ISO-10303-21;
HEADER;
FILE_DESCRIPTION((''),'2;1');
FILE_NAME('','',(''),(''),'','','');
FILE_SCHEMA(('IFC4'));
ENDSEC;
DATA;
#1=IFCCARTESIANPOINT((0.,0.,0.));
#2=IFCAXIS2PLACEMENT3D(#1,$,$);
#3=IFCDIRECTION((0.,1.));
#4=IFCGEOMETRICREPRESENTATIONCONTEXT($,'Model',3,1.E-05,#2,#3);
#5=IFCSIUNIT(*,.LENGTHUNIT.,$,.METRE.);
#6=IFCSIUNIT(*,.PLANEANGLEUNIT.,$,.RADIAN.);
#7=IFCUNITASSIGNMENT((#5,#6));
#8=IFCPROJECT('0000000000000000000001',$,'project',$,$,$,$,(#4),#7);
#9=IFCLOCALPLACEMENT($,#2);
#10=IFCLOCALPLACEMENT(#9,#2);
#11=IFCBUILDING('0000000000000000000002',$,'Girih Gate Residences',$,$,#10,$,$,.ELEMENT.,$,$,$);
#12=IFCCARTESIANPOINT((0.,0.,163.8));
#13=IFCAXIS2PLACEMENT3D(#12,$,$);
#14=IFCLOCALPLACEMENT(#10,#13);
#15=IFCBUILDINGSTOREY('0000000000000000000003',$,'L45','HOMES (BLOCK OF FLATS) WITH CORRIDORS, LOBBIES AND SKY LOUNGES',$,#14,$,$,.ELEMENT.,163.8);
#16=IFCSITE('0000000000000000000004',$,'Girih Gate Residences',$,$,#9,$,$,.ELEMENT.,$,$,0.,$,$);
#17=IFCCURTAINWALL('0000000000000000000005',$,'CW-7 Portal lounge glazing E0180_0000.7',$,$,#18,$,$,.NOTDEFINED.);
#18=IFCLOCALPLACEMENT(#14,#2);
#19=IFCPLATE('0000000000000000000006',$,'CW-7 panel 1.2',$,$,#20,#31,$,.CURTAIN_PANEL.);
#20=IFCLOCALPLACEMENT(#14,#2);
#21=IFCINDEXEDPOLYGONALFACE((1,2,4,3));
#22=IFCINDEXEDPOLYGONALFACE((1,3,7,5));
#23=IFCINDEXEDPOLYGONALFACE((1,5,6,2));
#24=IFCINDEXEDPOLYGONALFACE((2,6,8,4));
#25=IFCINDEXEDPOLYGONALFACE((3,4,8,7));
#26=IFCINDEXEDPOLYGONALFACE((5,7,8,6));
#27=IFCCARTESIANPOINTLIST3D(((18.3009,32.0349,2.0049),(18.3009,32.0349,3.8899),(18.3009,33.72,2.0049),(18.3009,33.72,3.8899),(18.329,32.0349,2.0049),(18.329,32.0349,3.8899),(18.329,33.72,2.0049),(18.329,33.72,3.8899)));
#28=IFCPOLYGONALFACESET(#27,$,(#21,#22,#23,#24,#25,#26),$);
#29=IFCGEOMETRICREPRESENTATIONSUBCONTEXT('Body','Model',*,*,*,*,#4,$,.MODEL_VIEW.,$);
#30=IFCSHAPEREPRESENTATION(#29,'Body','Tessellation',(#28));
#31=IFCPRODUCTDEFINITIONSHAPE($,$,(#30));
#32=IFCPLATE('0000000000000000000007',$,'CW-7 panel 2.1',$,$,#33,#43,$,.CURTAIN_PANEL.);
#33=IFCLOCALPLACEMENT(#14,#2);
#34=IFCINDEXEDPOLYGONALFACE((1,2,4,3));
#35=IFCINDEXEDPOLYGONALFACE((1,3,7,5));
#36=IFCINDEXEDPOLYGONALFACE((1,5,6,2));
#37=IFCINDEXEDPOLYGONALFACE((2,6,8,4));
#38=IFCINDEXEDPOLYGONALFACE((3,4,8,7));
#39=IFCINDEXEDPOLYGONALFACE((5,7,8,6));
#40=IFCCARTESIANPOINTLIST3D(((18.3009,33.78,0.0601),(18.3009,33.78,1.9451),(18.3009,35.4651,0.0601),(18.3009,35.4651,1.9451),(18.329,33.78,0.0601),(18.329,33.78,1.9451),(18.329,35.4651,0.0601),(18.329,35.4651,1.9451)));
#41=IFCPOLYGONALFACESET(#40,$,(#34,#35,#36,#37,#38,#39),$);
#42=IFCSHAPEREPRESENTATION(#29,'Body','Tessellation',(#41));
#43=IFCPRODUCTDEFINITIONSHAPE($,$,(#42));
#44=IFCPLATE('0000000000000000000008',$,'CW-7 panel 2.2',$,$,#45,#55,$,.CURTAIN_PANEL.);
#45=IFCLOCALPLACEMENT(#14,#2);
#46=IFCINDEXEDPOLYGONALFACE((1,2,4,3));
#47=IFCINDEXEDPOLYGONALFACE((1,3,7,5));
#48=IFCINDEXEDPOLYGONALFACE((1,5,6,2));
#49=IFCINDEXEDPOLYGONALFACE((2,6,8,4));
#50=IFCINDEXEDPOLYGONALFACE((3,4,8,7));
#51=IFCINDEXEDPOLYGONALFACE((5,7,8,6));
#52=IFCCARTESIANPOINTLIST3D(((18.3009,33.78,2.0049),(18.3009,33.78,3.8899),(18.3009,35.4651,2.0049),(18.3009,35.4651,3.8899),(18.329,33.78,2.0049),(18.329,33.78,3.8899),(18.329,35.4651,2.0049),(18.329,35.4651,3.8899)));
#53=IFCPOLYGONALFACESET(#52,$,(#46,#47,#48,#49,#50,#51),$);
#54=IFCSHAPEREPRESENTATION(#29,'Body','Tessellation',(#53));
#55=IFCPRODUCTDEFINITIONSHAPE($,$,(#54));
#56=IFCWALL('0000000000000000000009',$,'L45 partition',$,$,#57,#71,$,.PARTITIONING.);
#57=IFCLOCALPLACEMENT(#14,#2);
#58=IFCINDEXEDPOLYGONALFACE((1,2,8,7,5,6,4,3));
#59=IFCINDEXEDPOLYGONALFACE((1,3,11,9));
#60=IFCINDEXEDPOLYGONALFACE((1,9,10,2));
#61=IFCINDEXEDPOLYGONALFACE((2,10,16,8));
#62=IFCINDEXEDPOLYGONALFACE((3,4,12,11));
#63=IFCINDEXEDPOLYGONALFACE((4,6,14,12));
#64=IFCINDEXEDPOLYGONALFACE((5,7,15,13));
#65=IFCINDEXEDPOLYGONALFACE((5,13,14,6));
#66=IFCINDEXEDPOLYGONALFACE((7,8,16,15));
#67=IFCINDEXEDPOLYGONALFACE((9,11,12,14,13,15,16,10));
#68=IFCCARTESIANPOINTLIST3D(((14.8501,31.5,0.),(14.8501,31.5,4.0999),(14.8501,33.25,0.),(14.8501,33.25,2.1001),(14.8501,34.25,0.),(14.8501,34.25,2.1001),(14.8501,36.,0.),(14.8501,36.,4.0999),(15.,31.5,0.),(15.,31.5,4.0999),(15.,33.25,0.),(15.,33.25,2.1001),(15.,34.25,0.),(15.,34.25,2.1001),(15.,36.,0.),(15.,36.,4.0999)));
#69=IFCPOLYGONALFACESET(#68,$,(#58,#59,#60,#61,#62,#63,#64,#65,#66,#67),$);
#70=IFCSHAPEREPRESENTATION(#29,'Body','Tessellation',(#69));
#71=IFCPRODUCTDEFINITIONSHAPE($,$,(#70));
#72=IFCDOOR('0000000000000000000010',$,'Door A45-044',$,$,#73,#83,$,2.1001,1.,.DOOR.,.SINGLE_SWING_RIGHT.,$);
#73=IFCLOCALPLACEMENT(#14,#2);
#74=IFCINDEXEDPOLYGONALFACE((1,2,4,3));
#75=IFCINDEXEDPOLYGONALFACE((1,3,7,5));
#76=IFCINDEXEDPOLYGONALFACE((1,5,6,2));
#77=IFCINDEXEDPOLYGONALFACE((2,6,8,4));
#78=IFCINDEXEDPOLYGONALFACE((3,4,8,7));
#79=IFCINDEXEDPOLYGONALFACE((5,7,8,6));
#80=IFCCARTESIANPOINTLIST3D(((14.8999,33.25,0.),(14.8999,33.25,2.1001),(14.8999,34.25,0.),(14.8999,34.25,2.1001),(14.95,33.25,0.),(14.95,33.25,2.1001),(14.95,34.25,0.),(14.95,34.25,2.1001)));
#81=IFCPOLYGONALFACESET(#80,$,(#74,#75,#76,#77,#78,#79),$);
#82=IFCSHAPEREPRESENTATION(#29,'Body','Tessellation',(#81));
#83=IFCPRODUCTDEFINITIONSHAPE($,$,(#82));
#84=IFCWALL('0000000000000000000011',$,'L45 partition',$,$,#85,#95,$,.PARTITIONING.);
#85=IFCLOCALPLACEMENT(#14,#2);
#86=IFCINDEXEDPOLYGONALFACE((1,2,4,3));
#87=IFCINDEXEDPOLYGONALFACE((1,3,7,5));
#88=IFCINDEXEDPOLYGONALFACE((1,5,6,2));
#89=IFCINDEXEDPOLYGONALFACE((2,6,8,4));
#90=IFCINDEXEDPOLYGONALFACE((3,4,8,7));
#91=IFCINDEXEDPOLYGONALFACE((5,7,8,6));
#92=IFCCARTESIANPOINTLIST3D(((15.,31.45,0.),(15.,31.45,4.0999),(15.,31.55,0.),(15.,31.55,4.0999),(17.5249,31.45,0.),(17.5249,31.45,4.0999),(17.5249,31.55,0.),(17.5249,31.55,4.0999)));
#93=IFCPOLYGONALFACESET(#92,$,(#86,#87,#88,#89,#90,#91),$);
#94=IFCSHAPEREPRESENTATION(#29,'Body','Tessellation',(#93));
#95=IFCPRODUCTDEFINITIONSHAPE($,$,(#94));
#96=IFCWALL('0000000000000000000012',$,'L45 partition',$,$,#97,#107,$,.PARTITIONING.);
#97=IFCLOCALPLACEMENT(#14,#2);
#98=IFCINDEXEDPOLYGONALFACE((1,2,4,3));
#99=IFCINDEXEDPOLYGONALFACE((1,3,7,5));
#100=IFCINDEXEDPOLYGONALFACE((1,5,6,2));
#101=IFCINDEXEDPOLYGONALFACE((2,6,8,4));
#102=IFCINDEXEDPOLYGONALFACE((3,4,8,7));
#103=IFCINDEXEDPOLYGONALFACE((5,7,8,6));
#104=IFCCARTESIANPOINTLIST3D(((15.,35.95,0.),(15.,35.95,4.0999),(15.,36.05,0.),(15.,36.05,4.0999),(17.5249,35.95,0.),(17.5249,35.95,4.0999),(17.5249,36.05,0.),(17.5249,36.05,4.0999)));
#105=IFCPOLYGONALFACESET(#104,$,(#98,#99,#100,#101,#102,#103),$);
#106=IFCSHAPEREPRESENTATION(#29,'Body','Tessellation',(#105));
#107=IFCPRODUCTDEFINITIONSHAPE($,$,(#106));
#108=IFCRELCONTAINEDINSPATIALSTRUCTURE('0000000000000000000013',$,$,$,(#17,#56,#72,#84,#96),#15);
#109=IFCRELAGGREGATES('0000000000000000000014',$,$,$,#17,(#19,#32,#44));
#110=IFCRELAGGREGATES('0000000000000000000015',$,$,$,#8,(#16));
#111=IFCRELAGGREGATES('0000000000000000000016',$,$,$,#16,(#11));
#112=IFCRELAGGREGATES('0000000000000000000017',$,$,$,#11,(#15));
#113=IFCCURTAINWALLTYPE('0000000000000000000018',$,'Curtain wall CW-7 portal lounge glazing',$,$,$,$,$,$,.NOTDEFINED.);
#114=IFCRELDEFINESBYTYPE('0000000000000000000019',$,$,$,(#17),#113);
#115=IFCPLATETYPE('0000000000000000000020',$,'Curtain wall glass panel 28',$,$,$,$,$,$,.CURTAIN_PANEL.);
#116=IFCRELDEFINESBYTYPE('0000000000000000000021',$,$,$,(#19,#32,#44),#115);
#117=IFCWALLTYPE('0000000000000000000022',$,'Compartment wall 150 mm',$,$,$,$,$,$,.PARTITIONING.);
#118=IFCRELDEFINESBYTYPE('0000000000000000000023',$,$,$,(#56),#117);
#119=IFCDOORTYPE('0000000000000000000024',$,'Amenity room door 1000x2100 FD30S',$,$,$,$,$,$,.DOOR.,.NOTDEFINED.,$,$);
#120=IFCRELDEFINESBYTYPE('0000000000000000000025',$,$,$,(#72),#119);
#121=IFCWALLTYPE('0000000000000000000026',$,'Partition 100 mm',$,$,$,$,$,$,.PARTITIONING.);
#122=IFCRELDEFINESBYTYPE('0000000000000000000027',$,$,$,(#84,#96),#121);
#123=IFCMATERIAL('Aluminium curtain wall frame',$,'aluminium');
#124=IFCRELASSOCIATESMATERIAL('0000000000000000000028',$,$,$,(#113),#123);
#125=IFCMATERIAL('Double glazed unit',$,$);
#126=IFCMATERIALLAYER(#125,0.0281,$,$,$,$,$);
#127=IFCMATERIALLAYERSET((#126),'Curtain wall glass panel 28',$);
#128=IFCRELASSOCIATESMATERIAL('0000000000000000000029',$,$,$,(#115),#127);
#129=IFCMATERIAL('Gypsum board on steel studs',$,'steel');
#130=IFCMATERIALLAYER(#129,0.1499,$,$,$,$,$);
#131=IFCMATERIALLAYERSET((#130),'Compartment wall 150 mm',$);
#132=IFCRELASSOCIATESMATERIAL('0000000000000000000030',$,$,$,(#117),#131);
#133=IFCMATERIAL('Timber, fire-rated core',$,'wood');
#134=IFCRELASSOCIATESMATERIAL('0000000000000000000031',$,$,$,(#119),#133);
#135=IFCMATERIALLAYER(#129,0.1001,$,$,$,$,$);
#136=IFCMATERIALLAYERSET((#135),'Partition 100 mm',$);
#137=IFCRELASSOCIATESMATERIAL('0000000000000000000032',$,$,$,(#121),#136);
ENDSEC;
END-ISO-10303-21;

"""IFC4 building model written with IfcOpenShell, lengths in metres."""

from ifc_helpers import new_model, si_unit, direction, frame, frame_2d, origin, origin_2d, place, context, subcontext, project, spatial, rectangle, extrude, material, layer, layer_set, type_object, element, fill, aggregate, save


model = new_model("IFC4")

# Units and contexts
model_context = context("Model", 3, precision=1e-05, world=origin(), true_north=direction((0.0, 1.0)))
body_context = subcontext(model_context, "Body", "Model", "MODEL_VIEW")
ifc_project = project(units=[si_unit("LENGTHUNIT", "METRE"), si_unit("PLANEANGLEUNIT", "RADIAN")], contexts=[model_context])

# Site, building, storey
site_placement = place(None, origin())
site = spatial("IfcSite", under=ifc_project, at=site_placement, Name="Girih Gate Residences", CompositionType="ELEMENT", RefElevation=0.0)
building_placement = place(site_placement, origin())
building = spatial("IfcBuilding", under=site, at=building_placement, Name="Girih Gate Residences", CompositionType="ELEMENT")
storey_placement = place(building_placement, frame((0.0, 0.0, 163.8)))
storey = spatial("IfcBuildingStorey", under=building, at=storey_placement, Name="L45", Description="HOMES (BLOCK OF FLATS) WITH CORRIDORS, LOBBIES AND SKY LOUNGES", CompositionType="ELEMENT", Elevation=163.8)

# Shared definitions
ifc_material_1 = material(Name="Aluminium curtain wall frame", Category="aluminium")
curtain_wall_type = type_object("IfcCurtainWallType", Name="Curtain wall CW-7 portal lounge glazing", PredefinedType="NOTDEFINED", material=ifc_material_1)

# Curtain wall
curtain_wall_1_placement = place(storey_placement, origin())
curtain_wall_1 = element("IfcCurtainWall", 1, at=curtain_wall_1_placement, inside=storey, type_object=curtain_wall_type, Name="CW-7 Portal lounge glazing E0180_0000.7", PredefinedType="NOTDEFINED")

# Plates
ifc_material_2 = material(Name="Double glazed unit")
ifc_layer_1 = layer(ifc_material_2, 0.0281)
ifc_layer_set_1 = layer_set([ifc_layer_1], Name="Curtain wall glass panel 28")
plate_type = type_object("IfcPlateType", Name="Curtain wall glass panel 28", PredefinedType="CURTAIN_PANEL", material=ifc_layer_set_1)
plate_1_placement = place(storey_placement, frame((18.3149, 32.8774, 2.0049), z_axis=(0.0, 0.0, 1.0), x_axis=(0.0, 1.0, 0.0)))
plate_1 = element("IfcPlate", 2, at=plate_1_placement, type_object=plate_type, Name="CW-7 panel 1.2", PredefinedType="CURTAIN_PANEL", context=body_context, shape_type="SweptSolid", body=[
    extrude(rectangle(XDim=1.6851, YDim=0.0281, at=origin_2d()), origin(), (0.0, 0.0, 1.0), 1.885),
])
plate_2_placement = place(storey_placement, frame((18.3149, 34.6226, 0.0601), z_axis=(0.0, 0.0, 1.0), x_axis=(0.0, 1.0, 0.0)))
plate_2 = element("IfcPlate", 3, at=plate_2_placement, type_object=plate_type, Name="CW-7 panel 2.1", PredefinedType="CURTAIN_PANEL", context=body_context, shape_type="SweptSolid", body=[
    extrude(rectangle(XDim=1.6851, YDim=0.0281, at=origin_2d()), origin(), (0.0, 0.0, 1.0), 1.885),
])
plate_3_placement = place(storey_placement, frame((18.3149, 34.6226, 2.0049), z_axis=(0.0, 0.0, 1.0), x_axis=(0.0, 1.0, 0.0)))
plate_3 = element("IfcPlate", 4, at=plate_3_placement, type_object=plate_type, Name="CW-7 panel 2.2", PredefinedType="CURTAIN_PANEL", context=body_context, shape_type="SweptSolid", body=[
    extrude(rectangle(XDim=1.6851, YDim=0.0281, at=origin_2d()), origin(), (0.0, 0.0, 1.0), 1.885),
])
aggregate(curtain_wall_1, [plate_1, plate_2, plate_3])

# Wall, opening, door
ifc_material_3 = material(Name="Gypsum board on steel studs", Category="steel")
ifc_layer_2 = layer(ifc_material_3, 0.1499)
ifc_layer_set_2 = layer_set([ifc_layer_2], Name="Compartment wall 150 mm")
wall_type_1 = type_object("IfcWallType", Name="Compartment wall 150 mm", PredefinedType="PARTITIONING", material=ifc_layer_set_2)
wall_placement = place(storey_placement, frame((14.925, 36.0, 0.0), z_axis=(0.0, 0.0, 1.0), x_axis=(0.0, -1.0, 0.0)))
wall = element("IfcWall", 5, at=wall_placement, inside=storey, type_object=wall_type_1, Name="L45 partition", PredefinedType="PARTITIONING", context=body_context, shape_type="SweptSolid", body=[
    extrude(rectangle(XDim=4.5, YDim=0.1499, at=frame_2d((2.25, 0.0))), origin(), (0.0, 0.0, 1.0), 4.0999),
])
opening_placement = place(wall_placement, frame((1.75, 0.0, 0.0)))
opening = element("IfcOpeningElement", 6, at=opening_placement, cuts=wall, PredefinedType="OPENING", context=body_context, shape_type="SweptSolid", body=[
    extrude(rectangle(XDim=1.0, YDim=2.1001, at=frame_2d((0.5, 1.05))), frame((0.0, 0.085, 0.0), z_axis=(0.0, -1.0, 0.0), x_axis=(1.0, 0.0, 0.0)), (0.0, 0.0, 1.0), 0.1699),
])
ifc_material_4 = material(Name="Timber, fire-rated core", Category="wood")
door_type = type_object("IfcDoorType", Name="Amenity room door 1000x2100 FD30S", OperationType="NOTDEFINED", PredefinedType="DOOR", material=ifc_material_4)
door_placement = place(opening_placement, origin())
door = element("IfcDoor", 7, at=door_placement, inside=storey, type_object=door_type, Name="Door A45-044", OperationType="SINGLE_SWING_RIGHT", OverallHeight=2.1001, OverallWidth=1.0, PredefinedType="DOOR", context=body_context, shape_type="SweptSolid", body=[
    extrude(rectangle(XDim=1.0, YDim=2.1001, at=frame_2d((0.5, 1.05))), frame((0.0, 0.0249, 0.0), z_axis=(0.0, -1.0, 0.0), x_axis=(1.0, 0.0, 0.0)), (0.0, 0.0, 1.0), 0.05),
])
fill(opening, door)

# Walls
ifc_layer_3 = layer(ifc_material_3, 0.1001)
ifc_layer_set_3 = layer_set([ifc_layer_3], Name="Partition 100 mm")
wall_type_2 = type_object("IfcWallType", Name="Partition 100 mm", PredefinedType="PARTITIONING", material=ifc_layer_set_3)
for number, where, z_axis, x_axis, name in (
    (8, (15.0, 31.5, 0.0), (0.0, 0.0, 1.0), (1.0, 0.0, 0.0), "L45 partition"),
    (9, (15.0, 36.0, 0.0), (0.0, 0.0, 1.0), (1.0, 0.0, 0.0), "L45 partition"),
):
    element("IfcWall", number, at=place(storey_placement, frame(where, z_axis=z_axis, x_axis=x_axis)), inside=storey, type_object=wall_type_2, Name=name, PredefinedType="PARTITIONING", context=body_context, shape_type="SweptSolid", body=[
        extrude(rectangle(XDim=2.5249, YDim=0.1001, at=frame_2d((1.2625, 0.0))), origin(), (0.0, 0.0, 1.0), 4.0999),
    ])

save(model, "model.ifc")
